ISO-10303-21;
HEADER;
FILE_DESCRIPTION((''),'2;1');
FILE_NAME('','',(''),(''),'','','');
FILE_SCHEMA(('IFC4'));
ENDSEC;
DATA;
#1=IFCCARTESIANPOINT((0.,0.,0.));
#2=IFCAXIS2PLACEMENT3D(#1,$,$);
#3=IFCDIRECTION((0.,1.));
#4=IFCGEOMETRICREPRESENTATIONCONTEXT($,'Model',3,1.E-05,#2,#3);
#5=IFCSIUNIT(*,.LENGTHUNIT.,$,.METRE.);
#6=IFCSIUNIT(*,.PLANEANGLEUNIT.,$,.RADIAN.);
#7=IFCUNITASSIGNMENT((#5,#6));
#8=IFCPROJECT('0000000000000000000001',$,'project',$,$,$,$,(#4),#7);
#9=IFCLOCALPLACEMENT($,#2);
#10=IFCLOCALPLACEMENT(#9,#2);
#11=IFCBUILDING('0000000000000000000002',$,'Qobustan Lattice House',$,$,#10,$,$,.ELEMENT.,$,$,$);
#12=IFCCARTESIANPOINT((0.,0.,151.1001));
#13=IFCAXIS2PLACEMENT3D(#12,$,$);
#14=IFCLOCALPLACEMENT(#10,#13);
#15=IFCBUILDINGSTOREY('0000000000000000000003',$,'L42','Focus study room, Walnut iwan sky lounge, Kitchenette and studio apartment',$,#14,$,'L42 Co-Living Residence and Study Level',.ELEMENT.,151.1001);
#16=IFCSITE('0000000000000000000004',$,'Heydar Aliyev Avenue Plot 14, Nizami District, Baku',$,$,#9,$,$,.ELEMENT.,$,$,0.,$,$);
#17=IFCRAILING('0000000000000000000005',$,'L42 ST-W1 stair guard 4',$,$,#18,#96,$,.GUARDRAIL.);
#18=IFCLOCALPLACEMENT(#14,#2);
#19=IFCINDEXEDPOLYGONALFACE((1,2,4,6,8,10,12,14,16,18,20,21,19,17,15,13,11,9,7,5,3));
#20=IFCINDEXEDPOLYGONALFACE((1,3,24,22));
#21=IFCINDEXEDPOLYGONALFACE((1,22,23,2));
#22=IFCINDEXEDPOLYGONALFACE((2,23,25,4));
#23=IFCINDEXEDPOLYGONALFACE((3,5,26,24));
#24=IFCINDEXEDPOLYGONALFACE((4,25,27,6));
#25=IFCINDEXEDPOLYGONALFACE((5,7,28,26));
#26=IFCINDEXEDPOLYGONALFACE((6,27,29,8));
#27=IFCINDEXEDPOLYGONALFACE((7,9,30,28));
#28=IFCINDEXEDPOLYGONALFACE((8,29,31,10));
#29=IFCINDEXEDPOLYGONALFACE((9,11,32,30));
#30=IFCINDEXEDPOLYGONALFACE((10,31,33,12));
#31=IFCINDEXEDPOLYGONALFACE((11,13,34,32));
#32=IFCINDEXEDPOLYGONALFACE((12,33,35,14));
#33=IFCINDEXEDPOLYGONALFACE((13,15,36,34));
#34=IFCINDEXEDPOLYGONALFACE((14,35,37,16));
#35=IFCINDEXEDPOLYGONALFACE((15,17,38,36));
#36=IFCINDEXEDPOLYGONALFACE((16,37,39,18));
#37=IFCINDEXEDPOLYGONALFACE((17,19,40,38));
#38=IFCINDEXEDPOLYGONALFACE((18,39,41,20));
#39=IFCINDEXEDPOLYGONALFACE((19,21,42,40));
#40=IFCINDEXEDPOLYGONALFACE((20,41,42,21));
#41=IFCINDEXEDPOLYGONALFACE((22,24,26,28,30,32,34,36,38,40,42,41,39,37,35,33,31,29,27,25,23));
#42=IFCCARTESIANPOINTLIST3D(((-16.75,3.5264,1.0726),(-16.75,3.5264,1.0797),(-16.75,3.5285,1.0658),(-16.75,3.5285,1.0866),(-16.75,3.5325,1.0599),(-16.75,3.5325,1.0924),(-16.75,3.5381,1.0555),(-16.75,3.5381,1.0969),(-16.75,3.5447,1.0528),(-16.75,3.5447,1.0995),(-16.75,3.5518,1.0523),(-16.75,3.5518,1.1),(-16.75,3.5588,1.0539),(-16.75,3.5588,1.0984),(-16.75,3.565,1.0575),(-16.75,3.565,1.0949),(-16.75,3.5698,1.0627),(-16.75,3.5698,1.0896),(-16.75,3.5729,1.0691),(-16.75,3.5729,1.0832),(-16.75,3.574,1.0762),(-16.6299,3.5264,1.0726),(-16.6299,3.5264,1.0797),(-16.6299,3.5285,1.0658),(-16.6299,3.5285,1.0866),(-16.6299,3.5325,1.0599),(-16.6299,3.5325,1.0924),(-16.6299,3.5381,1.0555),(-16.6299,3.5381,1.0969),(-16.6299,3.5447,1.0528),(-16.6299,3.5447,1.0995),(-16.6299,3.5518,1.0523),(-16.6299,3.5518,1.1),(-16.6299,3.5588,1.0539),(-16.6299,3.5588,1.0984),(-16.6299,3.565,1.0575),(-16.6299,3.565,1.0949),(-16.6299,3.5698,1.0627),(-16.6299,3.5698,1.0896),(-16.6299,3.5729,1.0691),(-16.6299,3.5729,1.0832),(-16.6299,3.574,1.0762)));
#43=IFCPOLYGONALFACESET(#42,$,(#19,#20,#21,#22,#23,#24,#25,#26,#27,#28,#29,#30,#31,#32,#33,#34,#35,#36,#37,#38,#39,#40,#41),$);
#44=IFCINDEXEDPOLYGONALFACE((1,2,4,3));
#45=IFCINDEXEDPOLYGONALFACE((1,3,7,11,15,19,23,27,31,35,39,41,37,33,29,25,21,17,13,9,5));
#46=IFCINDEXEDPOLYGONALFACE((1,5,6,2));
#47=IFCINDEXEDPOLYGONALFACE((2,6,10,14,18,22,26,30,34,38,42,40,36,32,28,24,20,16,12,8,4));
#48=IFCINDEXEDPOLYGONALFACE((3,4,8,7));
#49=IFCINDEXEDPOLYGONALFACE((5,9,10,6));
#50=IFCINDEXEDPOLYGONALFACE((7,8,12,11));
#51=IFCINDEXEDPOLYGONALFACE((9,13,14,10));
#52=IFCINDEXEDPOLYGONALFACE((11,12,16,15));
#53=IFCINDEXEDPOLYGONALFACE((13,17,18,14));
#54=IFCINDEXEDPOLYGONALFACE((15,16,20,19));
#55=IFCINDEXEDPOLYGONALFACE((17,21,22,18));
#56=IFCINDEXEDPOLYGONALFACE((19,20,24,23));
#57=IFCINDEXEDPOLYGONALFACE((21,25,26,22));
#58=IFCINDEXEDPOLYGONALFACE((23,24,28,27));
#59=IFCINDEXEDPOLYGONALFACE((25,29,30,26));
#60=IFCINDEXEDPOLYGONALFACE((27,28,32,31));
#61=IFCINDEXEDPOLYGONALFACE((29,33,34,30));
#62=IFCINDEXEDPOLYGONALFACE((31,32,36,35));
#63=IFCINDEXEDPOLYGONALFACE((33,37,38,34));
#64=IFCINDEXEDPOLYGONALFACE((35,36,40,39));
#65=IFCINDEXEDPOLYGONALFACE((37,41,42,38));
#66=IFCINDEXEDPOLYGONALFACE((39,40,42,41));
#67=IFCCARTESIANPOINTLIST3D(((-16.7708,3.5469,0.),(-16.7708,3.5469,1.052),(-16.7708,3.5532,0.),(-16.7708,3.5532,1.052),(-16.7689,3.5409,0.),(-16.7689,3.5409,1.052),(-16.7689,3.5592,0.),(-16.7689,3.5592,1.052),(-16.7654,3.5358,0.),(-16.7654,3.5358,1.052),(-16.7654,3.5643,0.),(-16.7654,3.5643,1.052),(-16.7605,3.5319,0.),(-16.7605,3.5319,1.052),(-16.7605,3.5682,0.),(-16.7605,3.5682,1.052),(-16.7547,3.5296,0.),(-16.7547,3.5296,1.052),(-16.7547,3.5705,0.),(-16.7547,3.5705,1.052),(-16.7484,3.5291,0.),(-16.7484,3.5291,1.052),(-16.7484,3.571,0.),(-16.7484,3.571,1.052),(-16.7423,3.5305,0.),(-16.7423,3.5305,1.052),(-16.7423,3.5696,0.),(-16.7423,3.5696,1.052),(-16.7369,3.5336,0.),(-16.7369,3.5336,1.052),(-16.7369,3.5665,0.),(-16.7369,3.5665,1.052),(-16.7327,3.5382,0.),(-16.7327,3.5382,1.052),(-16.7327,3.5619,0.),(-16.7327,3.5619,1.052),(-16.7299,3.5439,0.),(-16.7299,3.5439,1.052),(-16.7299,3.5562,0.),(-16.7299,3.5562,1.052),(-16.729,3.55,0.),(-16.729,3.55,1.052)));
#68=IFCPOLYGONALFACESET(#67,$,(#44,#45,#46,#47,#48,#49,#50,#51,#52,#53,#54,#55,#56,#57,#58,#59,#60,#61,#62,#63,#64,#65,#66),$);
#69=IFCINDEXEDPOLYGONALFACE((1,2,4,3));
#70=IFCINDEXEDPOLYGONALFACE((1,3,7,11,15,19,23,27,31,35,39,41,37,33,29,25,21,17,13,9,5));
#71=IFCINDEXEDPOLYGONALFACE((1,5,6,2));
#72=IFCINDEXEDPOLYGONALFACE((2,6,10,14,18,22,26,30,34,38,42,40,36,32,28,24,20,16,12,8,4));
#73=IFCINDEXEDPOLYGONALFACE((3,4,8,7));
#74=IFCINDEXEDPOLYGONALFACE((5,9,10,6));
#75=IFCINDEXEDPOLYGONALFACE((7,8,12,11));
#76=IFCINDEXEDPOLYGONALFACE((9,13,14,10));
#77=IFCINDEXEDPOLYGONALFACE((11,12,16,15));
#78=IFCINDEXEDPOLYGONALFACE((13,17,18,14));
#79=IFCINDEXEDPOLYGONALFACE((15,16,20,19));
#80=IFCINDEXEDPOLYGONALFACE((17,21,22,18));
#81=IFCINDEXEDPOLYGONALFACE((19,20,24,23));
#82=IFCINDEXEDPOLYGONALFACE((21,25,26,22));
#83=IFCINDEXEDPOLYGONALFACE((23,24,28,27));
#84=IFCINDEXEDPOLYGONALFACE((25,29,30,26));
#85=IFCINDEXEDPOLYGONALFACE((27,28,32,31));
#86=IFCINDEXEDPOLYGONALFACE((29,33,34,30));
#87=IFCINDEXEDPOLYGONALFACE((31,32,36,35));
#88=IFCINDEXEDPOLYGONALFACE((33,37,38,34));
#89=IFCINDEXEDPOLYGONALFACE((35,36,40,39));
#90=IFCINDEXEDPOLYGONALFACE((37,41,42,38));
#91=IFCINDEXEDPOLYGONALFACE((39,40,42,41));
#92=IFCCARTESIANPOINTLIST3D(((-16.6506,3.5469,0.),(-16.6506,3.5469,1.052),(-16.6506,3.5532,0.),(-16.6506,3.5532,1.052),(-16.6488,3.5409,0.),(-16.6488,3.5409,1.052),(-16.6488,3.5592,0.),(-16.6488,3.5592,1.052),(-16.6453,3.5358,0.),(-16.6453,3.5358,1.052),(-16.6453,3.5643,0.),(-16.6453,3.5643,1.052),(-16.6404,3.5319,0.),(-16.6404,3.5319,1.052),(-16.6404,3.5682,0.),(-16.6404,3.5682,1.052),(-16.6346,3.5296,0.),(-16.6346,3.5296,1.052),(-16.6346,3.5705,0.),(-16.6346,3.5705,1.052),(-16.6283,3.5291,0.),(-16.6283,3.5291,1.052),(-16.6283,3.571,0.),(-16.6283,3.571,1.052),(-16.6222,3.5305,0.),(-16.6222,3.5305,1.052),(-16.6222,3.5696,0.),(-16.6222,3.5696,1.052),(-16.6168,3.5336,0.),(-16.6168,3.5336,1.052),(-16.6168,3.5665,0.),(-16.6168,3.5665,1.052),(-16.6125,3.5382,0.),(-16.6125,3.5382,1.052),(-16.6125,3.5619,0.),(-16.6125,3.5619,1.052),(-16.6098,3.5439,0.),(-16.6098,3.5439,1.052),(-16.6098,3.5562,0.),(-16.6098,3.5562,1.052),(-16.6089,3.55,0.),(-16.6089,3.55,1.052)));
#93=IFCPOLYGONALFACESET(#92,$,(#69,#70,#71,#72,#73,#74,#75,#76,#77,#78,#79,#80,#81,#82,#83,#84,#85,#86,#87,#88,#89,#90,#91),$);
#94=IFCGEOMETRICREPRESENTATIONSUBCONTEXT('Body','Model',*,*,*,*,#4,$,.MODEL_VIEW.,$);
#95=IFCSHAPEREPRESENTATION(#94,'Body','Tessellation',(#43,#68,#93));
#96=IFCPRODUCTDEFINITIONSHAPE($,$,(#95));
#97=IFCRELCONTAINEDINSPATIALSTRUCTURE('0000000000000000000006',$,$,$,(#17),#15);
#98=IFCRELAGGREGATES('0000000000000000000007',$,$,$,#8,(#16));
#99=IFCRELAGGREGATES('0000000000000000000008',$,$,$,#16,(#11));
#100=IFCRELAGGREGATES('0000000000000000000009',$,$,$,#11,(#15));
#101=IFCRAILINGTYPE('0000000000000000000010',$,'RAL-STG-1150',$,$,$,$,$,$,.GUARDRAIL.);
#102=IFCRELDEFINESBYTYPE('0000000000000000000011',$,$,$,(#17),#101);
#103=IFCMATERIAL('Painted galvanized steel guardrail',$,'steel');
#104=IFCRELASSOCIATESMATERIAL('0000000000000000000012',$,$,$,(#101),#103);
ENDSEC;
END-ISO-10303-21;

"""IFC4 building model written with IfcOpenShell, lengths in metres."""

from ifc_helpers import new_model, si_unit, direction, frame, origin, origin_2d, place, context, subcontext, project, spatial, circle, extrude, material, type_object, element, save


model = new_model("IFC4")

# Units and contexts
model_context = context("Model", 3, precision=1e-05, world=origin(), true_north=direction((0.0, 1.0)))
body_context = subcontext(model_context, "Body", "Model", "MODEL_VIEW")
ifc_project = project(units=[si_unit("LENGTHUNIT", "METRE"), si_unit("PLANEANGLEUNIT", "RADIAN")], contexts=[model_context])

# Site, building, storey
site_placement = place(None, origin())
site = spatial("IfcSite", under=ifc_project, at=site_placement, Name="Heydar Aliyev Avenue Plot 14, Nizami District, Baku", CompositionType="ELEMENT", RefElevation=0.0)
building_placement = place(site_placement, origin())
building = spatial("IfcBuilding", under=site, at=building_placement, Name="Qobustan Lattice House", CompositionType="ELEMENT")
storey_placement = place(building_placement, frame((0.0, 0.0, 151.1001)))
storey = spatial("IfcBuildingStorey", under=building, at=storey_placement, Name="L42", Description="Focus study room, Walnut iwan sky lounge, Kitchenette and studio apartment", LongName="L42 Co-Living Residence and Study Level", CompositionType="ELEMENT", Elevation=151.1001)

# Railing
ifc_material_1 = material(Name="Painted galvanized steel guardrail", Category="steel")
railing_type_1 = type_object("IfcRailingType", Name="RAL-STG-1150", PredefinedType="GUARDRAIL", material=ifc_material_1)
railing_1_placement = place(storey_placement, frame((-16.75, 3.55, 0.0)))
element("IfcRailing", 1, at=railing_1_placement, inside=storey, type_object=railing_type_1, Name="L42 ST-W1 stair guard 4", PredefinedType="GUARDRAIL", context=body_context, shape_type="SweptSolid", body=[
    extrude(circle(Radius=0.0239, at=origin_2d()), frame((0.0, 0.0, 1.0762), z_axis=(1.0, 0.0, 0.0), x_axis=(0.0, 1.0, 0.0)), (0.0, 0.0, 1.0), 0.1201),
    extrude(circle(Radius=0.021, at=origin_2d()), origin(), (0.0, 0.0, 1.0), 1.052),
    extrude(circle(Radius=0.021, at=origin_2d()), frame((0.1201, 0.0, 0.0)), (0.0, 0.0, 1.0), 1.052),
])

save(model, "model.ifc")
